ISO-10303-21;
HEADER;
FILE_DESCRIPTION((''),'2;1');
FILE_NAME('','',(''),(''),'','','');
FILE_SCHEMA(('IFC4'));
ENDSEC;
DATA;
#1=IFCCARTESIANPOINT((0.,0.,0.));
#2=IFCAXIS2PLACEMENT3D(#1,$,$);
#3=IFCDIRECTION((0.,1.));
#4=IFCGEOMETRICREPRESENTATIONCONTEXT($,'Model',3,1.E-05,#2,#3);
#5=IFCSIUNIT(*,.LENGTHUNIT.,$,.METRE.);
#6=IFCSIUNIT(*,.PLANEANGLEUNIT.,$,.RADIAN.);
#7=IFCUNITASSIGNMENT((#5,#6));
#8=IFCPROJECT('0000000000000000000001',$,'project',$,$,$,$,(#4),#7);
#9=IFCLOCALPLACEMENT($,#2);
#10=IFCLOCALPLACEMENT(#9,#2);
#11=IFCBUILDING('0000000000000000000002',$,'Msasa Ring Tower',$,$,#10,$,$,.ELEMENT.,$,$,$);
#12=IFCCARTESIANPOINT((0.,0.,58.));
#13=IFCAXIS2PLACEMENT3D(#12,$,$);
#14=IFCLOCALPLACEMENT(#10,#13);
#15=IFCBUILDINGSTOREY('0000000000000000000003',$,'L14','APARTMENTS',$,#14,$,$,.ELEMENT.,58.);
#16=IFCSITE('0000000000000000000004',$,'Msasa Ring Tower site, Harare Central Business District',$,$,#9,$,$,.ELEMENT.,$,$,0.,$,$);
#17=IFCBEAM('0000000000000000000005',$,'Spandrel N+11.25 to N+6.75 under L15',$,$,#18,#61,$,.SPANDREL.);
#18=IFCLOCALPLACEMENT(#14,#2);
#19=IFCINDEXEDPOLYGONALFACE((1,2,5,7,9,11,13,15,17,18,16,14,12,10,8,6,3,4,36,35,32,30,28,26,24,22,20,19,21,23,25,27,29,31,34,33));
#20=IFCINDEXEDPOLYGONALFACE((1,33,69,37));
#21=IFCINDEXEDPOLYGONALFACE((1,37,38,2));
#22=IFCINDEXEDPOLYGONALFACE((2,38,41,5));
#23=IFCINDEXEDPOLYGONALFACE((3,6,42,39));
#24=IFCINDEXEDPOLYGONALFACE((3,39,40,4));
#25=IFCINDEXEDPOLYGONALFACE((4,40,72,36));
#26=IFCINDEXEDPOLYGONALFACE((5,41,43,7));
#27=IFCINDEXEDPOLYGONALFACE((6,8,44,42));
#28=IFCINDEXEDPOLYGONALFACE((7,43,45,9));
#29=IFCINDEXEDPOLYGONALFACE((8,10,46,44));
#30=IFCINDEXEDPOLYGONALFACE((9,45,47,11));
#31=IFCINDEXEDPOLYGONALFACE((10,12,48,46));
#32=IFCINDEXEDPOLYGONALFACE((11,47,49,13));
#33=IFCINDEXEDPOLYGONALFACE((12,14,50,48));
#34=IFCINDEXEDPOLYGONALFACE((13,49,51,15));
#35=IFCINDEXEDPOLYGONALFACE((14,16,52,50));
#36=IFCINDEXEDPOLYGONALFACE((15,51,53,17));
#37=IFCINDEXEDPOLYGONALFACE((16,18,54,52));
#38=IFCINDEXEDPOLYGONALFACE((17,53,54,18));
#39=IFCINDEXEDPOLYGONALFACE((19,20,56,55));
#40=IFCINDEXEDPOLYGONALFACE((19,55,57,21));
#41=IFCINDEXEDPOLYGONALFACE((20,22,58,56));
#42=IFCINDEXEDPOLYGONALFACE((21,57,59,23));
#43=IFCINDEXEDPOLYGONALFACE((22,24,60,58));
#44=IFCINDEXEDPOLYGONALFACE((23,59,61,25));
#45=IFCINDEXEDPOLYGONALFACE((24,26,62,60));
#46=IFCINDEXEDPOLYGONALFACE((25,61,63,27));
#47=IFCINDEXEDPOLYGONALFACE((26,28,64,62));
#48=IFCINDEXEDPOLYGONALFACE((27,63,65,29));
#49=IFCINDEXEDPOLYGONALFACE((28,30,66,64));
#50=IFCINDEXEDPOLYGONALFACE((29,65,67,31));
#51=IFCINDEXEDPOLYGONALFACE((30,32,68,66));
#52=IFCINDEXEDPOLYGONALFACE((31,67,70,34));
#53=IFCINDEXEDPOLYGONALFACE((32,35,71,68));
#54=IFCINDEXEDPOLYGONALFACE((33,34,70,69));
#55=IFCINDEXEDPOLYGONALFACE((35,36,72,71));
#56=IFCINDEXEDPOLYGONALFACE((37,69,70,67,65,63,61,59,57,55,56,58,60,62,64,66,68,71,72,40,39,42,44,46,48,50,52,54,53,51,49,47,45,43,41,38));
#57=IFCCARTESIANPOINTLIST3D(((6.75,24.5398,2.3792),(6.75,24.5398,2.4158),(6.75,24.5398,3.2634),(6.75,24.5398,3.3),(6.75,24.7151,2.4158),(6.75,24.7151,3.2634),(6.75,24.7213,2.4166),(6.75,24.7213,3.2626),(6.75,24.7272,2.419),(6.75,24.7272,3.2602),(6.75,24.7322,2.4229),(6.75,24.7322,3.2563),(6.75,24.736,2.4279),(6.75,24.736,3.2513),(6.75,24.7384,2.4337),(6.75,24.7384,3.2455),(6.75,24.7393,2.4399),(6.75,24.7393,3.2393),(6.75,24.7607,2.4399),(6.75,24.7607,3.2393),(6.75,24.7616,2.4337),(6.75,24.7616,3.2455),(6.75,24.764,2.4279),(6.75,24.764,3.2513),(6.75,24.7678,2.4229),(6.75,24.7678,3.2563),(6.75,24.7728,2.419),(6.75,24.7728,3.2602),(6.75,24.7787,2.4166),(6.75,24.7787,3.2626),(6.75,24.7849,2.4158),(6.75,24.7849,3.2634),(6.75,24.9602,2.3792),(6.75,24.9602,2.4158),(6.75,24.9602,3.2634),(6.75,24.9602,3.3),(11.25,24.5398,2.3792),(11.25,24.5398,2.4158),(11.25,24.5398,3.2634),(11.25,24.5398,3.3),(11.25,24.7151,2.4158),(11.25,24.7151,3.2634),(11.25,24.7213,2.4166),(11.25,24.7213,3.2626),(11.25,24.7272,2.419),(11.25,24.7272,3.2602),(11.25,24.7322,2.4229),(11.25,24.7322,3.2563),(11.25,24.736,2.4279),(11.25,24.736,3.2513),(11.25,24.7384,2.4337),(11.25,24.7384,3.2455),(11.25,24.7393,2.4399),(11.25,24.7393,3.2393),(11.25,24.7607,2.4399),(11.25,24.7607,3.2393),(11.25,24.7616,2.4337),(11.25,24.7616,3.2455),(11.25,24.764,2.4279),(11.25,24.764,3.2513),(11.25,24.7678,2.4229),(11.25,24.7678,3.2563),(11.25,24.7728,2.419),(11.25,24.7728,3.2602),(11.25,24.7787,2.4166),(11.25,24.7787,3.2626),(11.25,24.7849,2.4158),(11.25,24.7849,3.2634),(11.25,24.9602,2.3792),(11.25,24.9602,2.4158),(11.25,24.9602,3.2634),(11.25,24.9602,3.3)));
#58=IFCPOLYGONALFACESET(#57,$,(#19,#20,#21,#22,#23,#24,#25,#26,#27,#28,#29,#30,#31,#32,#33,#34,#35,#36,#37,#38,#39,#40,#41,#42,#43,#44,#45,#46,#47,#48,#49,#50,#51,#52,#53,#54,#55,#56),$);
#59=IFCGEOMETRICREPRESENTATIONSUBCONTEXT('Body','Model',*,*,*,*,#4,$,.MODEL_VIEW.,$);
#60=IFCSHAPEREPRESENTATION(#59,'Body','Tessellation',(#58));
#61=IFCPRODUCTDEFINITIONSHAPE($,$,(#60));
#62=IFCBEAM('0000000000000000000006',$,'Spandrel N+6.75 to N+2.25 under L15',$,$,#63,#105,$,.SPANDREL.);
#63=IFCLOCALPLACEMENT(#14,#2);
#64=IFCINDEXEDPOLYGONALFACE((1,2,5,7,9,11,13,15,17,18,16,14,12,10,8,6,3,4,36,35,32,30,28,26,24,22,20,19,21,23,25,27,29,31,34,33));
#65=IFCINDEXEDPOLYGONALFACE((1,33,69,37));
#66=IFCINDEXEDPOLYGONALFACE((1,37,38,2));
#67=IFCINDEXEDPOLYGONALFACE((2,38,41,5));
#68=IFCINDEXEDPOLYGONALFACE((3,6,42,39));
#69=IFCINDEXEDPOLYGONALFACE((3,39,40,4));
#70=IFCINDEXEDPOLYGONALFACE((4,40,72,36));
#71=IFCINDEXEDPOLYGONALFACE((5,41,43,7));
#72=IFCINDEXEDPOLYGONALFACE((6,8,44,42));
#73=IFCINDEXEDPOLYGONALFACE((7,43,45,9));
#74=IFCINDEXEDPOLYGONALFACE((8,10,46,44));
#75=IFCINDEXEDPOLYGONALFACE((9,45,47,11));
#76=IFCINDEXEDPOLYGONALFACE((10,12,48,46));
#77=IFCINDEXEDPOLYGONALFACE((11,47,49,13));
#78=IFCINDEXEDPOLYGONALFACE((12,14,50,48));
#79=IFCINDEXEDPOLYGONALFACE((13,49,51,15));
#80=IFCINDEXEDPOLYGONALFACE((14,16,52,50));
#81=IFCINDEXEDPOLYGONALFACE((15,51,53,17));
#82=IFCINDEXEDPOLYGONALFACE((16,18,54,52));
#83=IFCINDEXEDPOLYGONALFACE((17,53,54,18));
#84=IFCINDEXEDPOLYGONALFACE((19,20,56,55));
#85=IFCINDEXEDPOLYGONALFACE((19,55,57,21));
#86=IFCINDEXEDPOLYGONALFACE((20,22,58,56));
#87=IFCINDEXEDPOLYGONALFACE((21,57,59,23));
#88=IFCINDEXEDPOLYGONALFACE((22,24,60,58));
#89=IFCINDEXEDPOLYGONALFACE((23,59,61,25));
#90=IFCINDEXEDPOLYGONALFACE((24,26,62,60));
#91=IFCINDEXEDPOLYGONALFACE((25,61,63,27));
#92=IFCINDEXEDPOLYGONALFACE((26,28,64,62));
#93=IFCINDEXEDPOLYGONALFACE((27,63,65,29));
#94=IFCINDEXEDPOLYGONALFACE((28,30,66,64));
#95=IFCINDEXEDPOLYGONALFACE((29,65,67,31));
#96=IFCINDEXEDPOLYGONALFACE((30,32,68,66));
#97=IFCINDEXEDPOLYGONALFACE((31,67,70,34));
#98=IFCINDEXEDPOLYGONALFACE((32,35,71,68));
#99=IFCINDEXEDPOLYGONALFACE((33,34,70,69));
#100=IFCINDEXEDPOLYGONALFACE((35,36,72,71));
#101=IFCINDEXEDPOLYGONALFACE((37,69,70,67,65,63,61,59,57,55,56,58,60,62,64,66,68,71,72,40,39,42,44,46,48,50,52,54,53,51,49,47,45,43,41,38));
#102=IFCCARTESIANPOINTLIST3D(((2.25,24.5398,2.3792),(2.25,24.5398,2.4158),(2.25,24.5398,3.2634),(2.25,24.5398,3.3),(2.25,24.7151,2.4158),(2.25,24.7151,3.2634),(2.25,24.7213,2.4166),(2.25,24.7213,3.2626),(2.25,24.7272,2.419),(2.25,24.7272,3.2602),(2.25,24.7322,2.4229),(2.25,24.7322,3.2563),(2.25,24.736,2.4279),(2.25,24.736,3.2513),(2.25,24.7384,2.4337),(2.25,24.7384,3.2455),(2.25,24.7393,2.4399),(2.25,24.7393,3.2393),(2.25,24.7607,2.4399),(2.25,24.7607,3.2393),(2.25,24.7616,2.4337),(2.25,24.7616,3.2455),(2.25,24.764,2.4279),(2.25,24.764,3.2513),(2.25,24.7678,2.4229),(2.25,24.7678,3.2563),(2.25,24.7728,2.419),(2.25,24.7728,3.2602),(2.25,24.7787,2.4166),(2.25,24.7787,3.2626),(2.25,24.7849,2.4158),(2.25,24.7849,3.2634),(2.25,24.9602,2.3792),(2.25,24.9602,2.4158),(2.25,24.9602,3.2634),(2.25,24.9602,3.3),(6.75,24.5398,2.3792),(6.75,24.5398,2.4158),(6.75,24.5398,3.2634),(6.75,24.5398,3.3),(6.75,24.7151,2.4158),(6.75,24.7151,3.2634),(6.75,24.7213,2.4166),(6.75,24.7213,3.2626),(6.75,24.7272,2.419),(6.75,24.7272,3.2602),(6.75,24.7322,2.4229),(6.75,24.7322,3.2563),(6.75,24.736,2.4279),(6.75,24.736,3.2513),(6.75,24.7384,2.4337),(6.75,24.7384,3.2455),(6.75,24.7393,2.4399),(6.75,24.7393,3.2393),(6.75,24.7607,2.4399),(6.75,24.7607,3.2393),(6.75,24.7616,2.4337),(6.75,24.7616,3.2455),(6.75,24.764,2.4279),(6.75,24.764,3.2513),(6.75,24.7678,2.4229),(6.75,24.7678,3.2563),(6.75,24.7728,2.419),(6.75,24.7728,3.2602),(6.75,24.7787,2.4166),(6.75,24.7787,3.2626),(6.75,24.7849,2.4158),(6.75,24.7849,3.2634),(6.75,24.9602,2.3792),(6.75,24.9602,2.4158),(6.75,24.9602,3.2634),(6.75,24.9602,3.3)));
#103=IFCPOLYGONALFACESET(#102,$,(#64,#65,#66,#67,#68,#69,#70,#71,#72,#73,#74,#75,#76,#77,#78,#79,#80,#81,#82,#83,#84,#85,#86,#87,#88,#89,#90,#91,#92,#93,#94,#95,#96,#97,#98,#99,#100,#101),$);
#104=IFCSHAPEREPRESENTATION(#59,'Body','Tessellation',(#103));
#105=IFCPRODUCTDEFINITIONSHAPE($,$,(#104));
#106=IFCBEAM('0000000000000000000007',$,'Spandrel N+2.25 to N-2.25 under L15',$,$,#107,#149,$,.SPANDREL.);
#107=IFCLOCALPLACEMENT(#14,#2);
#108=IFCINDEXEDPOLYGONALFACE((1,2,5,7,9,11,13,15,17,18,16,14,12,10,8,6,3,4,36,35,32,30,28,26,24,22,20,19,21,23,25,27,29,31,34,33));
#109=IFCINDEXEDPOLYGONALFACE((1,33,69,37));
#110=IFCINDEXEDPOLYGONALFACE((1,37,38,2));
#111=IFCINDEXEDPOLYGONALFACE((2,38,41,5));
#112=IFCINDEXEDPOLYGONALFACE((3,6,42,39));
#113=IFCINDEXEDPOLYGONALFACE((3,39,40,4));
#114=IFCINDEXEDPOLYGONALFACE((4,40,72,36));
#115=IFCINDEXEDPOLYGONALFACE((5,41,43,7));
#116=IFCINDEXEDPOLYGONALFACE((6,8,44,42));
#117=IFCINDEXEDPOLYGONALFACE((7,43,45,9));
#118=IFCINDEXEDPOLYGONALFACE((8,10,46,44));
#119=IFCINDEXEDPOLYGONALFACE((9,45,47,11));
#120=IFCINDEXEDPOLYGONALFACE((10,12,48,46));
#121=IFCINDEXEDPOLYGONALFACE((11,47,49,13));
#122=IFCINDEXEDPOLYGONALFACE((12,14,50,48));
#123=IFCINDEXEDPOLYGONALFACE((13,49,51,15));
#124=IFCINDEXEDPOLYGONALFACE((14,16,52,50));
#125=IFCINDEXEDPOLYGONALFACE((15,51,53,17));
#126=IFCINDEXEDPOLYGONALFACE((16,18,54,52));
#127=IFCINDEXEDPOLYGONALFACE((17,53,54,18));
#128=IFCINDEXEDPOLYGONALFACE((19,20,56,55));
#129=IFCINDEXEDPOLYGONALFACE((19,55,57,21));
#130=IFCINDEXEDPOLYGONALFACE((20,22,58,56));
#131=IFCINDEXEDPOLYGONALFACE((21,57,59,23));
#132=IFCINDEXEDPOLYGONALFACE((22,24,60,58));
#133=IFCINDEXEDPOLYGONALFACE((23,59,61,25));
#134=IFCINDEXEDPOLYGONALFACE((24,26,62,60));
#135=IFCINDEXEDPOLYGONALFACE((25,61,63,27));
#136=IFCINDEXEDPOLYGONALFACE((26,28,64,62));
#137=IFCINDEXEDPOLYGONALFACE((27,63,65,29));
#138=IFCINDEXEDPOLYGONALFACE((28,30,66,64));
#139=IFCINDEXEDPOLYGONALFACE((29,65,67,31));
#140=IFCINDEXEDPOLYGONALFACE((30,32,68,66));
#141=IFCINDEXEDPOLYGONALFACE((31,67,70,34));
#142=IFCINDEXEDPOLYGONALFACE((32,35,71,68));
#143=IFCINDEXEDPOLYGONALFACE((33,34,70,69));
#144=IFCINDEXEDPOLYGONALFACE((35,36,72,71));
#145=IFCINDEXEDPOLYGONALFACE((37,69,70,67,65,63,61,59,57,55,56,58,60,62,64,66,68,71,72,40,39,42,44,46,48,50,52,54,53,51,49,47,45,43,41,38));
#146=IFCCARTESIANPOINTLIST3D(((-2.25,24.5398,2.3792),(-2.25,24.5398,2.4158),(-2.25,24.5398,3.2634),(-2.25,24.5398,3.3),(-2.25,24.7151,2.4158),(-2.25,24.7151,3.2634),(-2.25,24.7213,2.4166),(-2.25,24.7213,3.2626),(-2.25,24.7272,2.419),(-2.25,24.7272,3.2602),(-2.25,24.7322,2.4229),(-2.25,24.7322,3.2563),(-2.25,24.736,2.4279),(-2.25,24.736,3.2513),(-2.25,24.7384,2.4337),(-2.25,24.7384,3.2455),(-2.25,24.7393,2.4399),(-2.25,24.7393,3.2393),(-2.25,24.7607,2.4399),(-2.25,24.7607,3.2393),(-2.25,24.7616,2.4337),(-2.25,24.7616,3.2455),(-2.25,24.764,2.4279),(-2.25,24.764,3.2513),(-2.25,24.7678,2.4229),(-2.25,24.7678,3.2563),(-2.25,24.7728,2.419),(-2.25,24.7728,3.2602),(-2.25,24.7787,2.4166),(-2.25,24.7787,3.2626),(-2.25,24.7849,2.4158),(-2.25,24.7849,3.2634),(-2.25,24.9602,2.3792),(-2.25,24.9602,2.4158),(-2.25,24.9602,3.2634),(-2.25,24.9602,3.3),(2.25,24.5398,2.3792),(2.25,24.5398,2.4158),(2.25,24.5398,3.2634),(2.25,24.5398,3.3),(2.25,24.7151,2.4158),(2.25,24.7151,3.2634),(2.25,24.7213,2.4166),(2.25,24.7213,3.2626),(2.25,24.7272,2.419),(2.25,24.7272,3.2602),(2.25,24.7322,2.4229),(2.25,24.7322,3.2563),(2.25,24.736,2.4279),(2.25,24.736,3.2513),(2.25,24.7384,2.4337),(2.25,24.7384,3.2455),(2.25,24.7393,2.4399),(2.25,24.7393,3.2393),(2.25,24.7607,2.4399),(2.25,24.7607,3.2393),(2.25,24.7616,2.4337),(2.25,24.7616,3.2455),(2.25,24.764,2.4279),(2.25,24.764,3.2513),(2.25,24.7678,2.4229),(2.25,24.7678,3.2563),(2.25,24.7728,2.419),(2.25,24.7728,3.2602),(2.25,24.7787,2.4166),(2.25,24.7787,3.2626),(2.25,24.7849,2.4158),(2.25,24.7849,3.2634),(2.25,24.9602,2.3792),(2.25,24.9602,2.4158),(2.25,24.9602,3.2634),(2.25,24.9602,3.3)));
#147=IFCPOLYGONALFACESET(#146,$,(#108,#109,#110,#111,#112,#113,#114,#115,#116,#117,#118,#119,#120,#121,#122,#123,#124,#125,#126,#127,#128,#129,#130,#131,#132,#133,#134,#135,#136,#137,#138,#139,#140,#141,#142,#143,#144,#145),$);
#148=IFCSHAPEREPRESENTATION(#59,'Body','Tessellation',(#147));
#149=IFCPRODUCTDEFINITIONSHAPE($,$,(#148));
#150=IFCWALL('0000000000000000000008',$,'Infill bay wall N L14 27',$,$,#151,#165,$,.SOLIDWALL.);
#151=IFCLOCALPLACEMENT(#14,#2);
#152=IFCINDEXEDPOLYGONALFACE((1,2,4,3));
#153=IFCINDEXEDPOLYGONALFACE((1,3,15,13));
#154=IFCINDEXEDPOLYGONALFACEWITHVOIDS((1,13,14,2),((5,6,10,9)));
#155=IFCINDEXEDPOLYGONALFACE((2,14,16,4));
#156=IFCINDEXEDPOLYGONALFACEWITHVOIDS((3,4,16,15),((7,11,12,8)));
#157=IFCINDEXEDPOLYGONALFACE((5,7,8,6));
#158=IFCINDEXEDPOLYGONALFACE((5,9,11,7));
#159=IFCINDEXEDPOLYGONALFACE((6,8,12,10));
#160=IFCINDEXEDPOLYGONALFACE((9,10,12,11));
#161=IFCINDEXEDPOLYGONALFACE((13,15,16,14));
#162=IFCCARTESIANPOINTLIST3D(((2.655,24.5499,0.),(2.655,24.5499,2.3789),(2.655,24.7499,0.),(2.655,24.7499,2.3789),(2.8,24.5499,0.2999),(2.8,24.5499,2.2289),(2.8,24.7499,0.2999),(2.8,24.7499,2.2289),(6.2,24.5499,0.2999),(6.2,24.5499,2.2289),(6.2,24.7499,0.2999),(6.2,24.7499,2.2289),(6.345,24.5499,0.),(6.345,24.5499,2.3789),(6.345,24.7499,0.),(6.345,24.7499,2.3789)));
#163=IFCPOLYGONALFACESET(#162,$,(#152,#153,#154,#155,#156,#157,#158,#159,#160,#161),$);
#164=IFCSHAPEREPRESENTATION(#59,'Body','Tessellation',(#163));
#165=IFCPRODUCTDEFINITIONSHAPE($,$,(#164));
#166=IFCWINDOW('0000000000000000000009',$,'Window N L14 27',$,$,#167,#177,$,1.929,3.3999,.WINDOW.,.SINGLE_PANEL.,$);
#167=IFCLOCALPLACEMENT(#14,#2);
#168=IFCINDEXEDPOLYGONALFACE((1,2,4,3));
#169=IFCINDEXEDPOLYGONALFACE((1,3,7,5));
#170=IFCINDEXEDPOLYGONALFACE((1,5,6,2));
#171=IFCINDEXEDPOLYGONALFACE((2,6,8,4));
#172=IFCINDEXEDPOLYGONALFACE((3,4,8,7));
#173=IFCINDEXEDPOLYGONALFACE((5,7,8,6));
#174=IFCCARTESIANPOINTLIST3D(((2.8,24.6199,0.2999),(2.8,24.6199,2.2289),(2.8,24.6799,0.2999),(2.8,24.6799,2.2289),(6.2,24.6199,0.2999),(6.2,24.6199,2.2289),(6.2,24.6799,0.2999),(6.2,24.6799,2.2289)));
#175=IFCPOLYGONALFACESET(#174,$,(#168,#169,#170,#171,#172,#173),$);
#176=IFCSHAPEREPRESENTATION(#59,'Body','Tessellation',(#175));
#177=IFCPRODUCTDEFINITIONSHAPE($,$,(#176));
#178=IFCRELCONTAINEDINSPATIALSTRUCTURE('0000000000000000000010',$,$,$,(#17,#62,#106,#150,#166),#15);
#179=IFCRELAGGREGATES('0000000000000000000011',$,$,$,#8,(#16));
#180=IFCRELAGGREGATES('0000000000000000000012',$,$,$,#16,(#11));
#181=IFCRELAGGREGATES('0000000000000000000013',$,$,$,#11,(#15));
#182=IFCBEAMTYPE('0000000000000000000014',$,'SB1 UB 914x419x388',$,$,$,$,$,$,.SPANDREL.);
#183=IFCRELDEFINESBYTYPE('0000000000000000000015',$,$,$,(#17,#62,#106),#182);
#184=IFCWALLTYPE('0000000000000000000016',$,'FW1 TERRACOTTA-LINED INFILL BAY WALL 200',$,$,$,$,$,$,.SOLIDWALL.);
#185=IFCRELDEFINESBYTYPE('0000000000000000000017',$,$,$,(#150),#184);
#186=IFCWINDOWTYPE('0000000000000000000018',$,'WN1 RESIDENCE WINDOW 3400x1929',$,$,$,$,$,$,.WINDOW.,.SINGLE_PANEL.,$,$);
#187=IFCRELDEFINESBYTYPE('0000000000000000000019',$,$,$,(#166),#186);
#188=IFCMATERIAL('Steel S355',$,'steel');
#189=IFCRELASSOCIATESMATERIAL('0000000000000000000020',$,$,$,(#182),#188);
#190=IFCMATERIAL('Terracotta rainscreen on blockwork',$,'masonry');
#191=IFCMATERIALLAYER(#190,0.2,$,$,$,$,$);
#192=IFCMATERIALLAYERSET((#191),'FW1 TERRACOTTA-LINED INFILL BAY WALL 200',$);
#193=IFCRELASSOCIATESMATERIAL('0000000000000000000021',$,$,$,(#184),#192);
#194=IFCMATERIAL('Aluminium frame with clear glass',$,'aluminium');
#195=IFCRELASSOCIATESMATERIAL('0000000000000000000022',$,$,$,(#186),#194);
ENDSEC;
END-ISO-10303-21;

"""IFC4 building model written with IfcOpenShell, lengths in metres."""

from ifc_helpers import new_model, si_unit, direction, frame, frame_2d, origin, origin_2d, place, context, subcontext, project, spatial, rectangle, i_section, extrude, material, layer, layer_set, material_profile, profile_set, type_object, element, fill, save


model = new_model("IFC4")

# Units and contexts
model_context = context("Model", 3, precision=1e-05, world=origin(), true_north=direction((0.0, 1.0)))
body_context = subcontext(model_context, "Body", "Model", "MODEL_VIEW")
ifc_project = project(units=[si_unit("LENGTHUNIT", "METRE"), si_unit("PLANEANGLEUNIT", "RADIAN")], contexts=[model_context])

# Site, building, storey
site_placement = place(None, origin())
site = spatial("IfcSite", under=ifc_project, at=site_placement, Name="Msasa Ring Tower site, Harare Central Business District", CompositionType="ELEMENT", RefElevation=0.0)
building_placement = place(site_placement, origin())
building = spatial("IfcBuilding", under=site, at=building_placement, Name="Msasa Ring Tower", CompositionType="ELEMENT")
storey_placement = place(building_placement, frame((0.0, 0.0, 58.0)))
storey = spatial("IfcBuildingStorey", under=building, at=storey_placement, Name="L14", Description="APARTMENTS", CompositionType="ELEMENT", Elevation=58.0)

# Beams
ifc_material_1 = material(Name="Steel S355", Category="steel")
ifc_material_profile_1 = material_profile(ifc_material_1, i_section(OverallWidth=0.4204, OverallDepth=0.9209, WebThickness=0.0215, FlangeThickness=0.0366, FilletRadius=0.0242, at=origin_2d()), Name="UB 914x419x388")
ifc_profile_set_1 = profile_set([ifc_material_profile_1], Name="Steel S355")
beam_type_1 = type_object("IfcBeamType", Name="SB1 UB 914x419x388", PredefinedType="SPANDREL", material=ifc_profile_set_1)
for number, where, z_axis, x_axis, name in (
    (1, (11.25, 24.75, 2.8396), (-1.0, 0.0, 0.0), (0.0, -1.0, 0.0), "Spandrel N+11.25 to N+6.75 under L15"),
    (2, (6.75, 24.75, 2.8396), (-1.0, 0.0, 0.0), (0.0, -1.0, 0.0), "Spandrel N+6.75 to N+2.25 under L15"),
    (3, (2.25, 24.75, 2.8396), (-1.0, 0.0, 0.0), (0.0, -1.0, 0.0), "Spandrel N+2.25 to N-2.25 under L15"),
):
    element("IfcBeam", number, at=place(storey_placement, frame(where, z_axis=z_axis, x_axis=x_axis)), inside=storey, type_object=beam_type_1, Name=name, PredefinedType="SPANDREL", context=body_context, shape_type="SweptSolid", body=[
        extrude(i_section(OverallWidth=0.4204, OverallDepth=0.9209, WebThickness=0.0215, FlangeThickness=0.0366, FilletRadius=0.0242, at=origin_2d()), origin(), (0.0, 0.0, 1.0), 4.5),
    ])

# Wall, opening, window
ifc_material_2 = material(Name="Terracotta rainscreen on blockwork", Category="masonry")
ifc_layer_1 = layer(ifc_material_2, 0.2)
ifc_layer_set_1 = layer_set([ifc_layer_1], Name="FW1 TERRACOTTA-LINED INFILL BAY WALL 200")
wall_type_1 = type_object("IfcWallType", Name="FW1 TERRACOTTA-LINED INFILL BAY WALL 200", PredefinedType="SOLIDWALL", material=ifc_layer_set_1)
wall_1_placement = place(storey_placement, frame((2.655, 24.6499, 0.0), z_axis=(0.0, 0.0, 1.0), x_axis=(1.0, 0.0, 0.0)))
wall_1 = element("IfcWall", 4, at=wall_1_placement, inside=storey, type_object=wall_type_1, Name="Infill bay wall N L14 27", PredefinedType="SOLIDWALL", context=body_context, shape_type="SweptSolid", body=[
    extrude(rectangle(XDim=3.6899, YDim=0.2, at=frame_2d((1.845, 0.0))), origin(), (0.0, 0.0, 1.0), 2.3789),
])
opening_1_placement = place(wall_1_placement, frame((0.145, 0.0, 0.3)))
opening_1 = element("IfcOpeningElement", 5, at=opening_1_placement, cuts=wall_1, PredefinedType="OPENING", context=body_context, shape_type="SweptSolid", body=[
    extrude(rectangle(XDim=3.3999, YDim=1.929, at=frame_2d((1.7, 0.9644))), frame((0.0, 0.1099, 0.0), z_axis=(0.0, -1.0, 0.0), x_axis=(1.0, 0.0, 0.0)), (0.0, 0.0, 1.0), 0.22),
])
ifc_material_3 = material(Name="Aluminium frame with clear glass", Category="aluminium")
window_type = type_object("IfcWindowType", Name="WN1 RESIDENCE WINDOW 3400x1929", PartitioningType="SINGLE_PANEL", PredefinedType="WINDOW", material=ifc_material_3)
window_1_placement = place(opening_1_placement, origin())
window_1 = element("IfcWindow", 6, at=window_1_placement, inside=storey, type_object=window_type, Name="Window N L14 27", OverallHeight=1.929, OverallWidth=3.3999, PartitioningType="SINGLE_PANEL", PredefinedType="WINDOW", context=body_context, shape_type="SweptSolid", body=[
    extrude(rectangle(XDim=3.3999, YDim=1.929, at=frame_2d((1.7, 0.9644))), frame((0.0, 0.03, 0.0), z_axis=(0.0, -1.0, 0.0), x_axis=(1.0, 0.0, 0.0)), (0.0, 0.0, 1.0), 0.0601),
])
fill(opening_1, window_1)

save(model, "model.ifc")
